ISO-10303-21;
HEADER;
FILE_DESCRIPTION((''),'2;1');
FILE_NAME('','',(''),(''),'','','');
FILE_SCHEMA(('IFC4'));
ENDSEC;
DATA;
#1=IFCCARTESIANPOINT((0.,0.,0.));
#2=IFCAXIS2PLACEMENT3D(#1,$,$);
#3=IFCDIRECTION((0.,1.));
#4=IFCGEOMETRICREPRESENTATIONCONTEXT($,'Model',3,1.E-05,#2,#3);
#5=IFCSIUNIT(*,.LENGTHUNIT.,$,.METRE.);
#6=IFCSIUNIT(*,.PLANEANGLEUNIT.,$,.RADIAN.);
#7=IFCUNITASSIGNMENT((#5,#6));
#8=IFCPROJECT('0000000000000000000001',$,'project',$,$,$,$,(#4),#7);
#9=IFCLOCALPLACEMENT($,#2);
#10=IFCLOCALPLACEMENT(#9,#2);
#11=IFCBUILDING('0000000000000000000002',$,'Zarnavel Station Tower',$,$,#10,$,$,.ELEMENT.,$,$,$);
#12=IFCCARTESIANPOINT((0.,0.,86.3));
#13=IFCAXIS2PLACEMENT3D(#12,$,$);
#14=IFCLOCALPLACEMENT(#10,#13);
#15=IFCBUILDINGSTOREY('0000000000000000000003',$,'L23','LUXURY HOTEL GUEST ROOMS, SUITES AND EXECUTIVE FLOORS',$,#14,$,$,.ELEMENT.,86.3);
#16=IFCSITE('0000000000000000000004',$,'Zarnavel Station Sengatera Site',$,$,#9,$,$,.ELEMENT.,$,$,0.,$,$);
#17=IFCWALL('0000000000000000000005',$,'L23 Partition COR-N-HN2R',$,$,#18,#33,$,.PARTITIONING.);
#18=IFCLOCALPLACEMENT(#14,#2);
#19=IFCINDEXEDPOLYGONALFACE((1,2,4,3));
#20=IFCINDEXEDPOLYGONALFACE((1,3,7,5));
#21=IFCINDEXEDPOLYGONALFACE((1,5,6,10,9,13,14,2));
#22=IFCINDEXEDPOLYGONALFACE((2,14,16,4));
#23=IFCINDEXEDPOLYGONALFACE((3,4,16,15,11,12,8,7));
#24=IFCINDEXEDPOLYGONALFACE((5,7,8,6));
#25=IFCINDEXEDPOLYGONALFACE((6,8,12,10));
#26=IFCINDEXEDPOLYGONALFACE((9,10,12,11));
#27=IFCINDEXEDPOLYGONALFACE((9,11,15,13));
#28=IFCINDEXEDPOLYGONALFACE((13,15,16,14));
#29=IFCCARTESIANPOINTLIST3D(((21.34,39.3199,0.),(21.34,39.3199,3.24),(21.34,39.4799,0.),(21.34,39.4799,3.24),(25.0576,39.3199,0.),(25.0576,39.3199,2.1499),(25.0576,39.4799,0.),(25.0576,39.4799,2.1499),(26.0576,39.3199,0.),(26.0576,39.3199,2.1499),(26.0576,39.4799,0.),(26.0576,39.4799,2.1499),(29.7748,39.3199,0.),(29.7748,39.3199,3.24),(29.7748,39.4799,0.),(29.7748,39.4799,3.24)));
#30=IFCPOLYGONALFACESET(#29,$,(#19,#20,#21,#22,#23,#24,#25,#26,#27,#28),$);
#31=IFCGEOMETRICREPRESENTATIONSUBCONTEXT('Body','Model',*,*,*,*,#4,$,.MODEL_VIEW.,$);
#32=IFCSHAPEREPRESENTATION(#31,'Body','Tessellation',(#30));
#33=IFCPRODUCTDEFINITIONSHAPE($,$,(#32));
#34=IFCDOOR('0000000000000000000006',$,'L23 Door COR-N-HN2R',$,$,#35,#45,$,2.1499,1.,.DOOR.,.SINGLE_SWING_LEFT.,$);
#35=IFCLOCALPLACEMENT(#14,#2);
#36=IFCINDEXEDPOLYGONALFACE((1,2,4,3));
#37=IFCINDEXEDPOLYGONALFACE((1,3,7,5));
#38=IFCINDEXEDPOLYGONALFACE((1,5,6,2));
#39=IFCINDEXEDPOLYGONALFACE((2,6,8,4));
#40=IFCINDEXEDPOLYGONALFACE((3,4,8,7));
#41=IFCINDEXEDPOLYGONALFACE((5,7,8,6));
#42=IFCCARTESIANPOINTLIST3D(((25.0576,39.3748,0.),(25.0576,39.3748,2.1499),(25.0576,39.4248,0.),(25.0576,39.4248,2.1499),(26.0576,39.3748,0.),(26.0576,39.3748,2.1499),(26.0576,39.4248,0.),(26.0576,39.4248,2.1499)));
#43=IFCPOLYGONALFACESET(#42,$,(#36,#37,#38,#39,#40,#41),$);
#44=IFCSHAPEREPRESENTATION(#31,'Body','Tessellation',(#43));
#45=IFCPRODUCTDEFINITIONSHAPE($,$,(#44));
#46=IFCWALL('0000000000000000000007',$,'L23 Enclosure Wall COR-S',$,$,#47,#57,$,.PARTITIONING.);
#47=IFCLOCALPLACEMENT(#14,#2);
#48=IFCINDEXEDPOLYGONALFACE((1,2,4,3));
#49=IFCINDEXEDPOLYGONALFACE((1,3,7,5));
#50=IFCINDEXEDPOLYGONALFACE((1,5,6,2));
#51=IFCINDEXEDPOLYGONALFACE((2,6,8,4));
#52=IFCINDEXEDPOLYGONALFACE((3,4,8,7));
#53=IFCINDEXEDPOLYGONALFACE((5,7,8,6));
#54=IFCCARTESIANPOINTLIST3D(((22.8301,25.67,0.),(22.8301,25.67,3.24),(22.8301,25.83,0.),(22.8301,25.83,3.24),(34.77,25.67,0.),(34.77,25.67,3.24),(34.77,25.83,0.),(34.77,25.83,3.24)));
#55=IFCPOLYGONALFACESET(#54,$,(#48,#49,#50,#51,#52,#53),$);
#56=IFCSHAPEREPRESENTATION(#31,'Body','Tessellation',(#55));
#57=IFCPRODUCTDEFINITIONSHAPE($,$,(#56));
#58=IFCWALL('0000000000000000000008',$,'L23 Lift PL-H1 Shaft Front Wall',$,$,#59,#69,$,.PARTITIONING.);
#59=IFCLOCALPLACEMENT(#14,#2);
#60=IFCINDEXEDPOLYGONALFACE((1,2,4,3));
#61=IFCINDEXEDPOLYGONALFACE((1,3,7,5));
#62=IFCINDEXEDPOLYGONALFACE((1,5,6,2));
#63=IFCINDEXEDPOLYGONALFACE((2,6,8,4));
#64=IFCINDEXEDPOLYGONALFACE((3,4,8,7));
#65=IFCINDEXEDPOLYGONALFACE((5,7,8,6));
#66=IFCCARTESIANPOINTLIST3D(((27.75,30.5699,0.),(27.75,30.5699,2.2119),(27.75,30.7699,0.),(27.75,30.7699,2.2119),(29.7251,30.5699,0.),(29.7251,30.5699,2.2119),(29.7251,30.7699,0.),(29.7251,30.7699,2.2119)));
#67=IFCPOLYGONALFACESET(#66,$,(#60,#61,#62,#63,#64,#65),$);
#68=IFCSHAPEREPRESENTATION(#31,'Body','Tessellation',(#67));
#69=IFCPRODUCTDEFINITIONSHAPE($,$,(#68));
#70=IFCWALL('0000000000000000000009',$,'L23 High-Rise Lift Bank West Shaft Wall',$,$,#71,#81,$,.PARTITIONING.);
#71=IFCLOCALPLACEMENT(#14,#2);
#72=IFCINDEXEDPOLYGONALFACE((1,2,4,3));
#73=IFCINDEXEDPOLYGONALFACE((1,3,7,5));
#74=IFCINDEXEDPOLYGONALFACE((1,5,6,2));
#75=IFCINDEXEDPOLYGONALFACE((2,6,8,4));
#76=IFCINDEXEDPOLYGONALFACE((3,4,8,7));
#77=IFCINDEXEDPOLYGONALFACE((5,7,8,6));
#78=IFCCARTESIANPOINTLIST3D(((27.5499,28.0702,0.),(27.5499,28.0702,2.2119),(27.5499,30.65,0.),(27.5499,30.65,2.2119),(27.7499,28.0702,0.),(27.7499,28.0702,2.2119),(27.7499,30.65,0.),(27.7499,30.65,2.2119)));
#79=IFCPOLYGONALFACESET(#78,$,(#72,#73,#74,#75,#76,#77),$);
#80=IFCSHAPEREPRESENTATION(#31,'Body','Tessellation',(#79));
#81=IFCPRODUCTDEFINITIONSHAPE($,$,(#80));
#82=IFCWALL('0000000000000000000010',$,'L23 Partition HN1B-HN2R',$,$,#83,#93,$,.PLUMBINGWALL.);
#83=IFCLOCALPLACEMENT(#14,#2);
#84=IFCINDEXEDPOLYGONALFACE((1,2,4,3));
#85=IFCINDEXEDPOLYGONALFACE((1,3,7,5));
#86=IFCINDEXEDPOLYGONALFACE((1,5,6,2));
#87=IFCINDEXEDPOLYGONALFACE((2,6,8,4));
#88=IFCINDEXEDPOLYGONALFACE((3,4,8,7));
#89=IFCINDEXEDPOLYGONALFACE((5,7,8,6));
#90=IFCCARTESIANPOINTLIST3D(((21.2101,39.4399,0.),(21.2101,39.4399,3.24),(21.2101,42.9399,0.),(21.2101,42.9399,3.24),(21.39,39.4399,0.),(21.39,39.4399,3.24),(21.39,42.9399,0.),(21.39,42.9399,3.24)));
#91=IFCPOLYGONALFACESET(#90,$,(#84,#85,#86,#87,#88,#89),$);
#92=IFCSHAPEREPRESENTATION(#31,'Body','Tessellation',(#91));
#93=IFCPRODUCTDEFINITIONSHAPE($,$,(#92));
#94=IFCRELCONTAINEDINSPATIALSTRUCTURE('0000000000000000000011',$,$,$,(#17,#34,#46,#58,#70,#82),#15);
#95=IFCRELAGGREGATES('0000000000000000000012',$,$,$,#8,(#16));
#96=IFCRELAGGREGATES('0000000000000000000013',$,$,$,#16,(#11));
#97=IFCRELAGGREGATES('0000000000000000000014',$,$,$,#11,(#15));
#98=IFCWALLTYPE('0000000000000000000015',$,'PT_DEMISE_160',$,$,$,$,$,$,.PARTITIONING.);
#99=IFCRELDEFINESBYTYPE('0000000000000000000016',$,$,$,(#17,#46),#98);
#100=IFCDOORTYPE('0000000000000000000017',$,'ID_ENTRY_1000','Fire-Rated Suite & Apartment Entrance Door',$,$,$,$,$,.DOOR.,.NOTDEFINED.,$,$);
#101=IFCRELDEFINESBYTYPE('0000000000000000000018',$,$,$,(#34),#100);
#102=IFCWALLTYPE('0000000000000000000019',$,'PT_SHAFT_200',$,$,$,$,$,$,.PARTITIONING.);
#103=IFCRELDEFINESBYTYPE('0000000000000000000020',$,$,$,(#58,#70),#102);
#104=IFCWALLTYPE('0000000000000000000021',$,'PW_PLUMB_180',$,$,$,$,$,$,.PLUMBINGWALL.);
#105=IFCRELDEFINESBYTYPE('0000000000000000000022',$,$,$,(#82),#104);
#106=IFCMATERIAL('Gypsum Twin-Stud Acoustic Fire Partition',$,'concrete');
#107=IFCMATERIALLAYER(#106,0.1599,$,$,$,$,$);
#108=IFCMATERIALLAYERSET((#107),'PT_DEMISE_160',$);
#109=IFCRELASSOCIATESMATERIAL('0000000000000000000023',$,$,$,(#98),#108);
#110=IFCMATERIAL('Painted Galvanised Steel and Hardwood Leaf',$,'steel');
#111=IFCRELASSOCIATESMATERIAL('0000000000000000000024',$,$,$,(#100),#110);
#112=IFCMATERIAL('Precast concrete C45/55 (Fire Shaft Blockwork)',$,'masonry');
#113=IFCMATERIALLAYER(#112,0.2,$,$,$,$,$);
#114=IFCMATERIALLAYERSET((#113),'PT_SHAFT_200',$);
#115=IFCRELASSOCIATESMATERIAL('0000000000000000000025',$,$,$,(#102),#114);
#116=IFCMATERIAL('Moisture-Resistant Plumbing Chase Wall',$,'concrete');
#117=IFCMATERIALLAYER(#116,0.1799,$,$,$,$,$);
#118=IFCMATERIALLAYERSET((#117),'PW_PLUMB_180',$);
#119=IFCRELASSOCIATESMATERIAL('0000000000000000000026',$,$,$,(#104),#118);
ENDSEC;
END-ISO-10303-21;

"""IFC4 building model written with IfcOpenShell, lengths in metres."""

from ifc_helpers import new_model, si_unit, direction, frame, frame_2d, origin, place, context, subcontext, project, spatial, rectangle, extrude, material, layer, layer_set, type_object, element, fill, save


model = new_model("IFC4")

# Units and contexts
model_context = context("Model", 3, precision=1e-05, world=origin(), true_north=direction((0.0, 1.0)))
body_context = subcontext(model_context, "Body", "Model", "MODEL_VIEW")
ifc_project = project(units=[si_unit("LENGTHUNIT", "METRE"), si_unit("PLANEANGLEUNIT", "RADIAN")], contexts=[model_context])

# Site, building, storey
site_placement = place(None, origin())
site = spatial("IfcSite", under=ifc_project, at=site_placement, Name="Zarnavel Station Sengatera Site", CompositionType="ELEMENT", RefElevation=0.0)
building_placement = place(site_placement, origin())
building = spatial("IfcBuilding", under=site, at=building_placement, Name="Zarnavel Station Tower", CompositionType="ELEMENT")
storey_placement = place(building_placement, frame((0.0, 0.0, 86.3)))
storey = spatial("IfcBuildingStorey", under=building, at=storey_placement, Name="L23", Description="LUXURY HOTEL GUEST ROOMS, SUITES AND EXECUTIVE FLOORS", CompositionType="ELEMENT", Elevation=86.3)

# Wall, opening, door
ifc_material_1 = material(Name="Gypsum Twin-Stud Acoustic Fire Partition", Category="concrete")
ifc_layer_1 = layer(ifc_material_1, 0.1599)
ifc_layer_set_1 = layer_set([ifc_layer_1], Name="PT_DEMISE_160")
wall_type_1 = type_object("IfcWallType", Name="PT_DEMISE_160", PredefinedType="PARTITIONING", material=ifc_layer_set_1)
wall_1_placement = place(storey_placement, frame((21.3401, 39.3999, 0.0), z_axis=(0.0, 0.0, 1.0), x_axis=(1.0, 0.0, 0.0)))
wall_1 = element("IfcWall", 1, at=wall_1_placement, inside=storey, type_object=wall_type_1, Name="L23 Partition COR-N-HN2R", PredefinedType="PARTITIONING", context=body_context, shape_type="SweptSolid", body=[
    extrude(rectangle(XDim=8.4348, YDim=0.1599, at=frame_2d((4.2173, 0.0))), origin(), (0.0, 0.0, 1.0), 3.24),
])
opening_1_placement = place(wall_1_placement, frame((3.7175, 0.0, 0.0)))
opening_1 = element("IfcOpeningElement", 2, at=opening_1_placement, cuts=wall_1, PredefinedType="OPENING", context=body_context, shape_type="SweptSolid", body=[
    extrude(rectangle(XDim=1.0, YDim=2.1499, at=frame_2d((0.5, 1.075))), frame((0.0, 0.0898, 0.0), z_axis=(0.0, -1.0, 0.0), x_axis=(1.0, 0.0, 0.0)), (0.0, 0.0, 1.0), 0.1799),
])
ifc_material_2 = material(Name="Painted Galvanised Steel and Hardwood Leaf", Category="steel")
door_type_1 = type_object("IfcDoorType", Name="ID_ENTRY_1000", Description="Fire-Rated Suite & Apartment Entrance Door", OperationType="NOTDEFINED", PredefinedType="DOOR", material=ifc_material_2)
door_1_placement = place(opening_1_placement, origin())
door_1 = element("IfcDoor", 3, at=door_1_placement, inside=storey, type_object=door_type_1, Name="L23 Door COR-N-HN2R", OperationType="SINGLE_SWING_LEFT", OverallHeight=2.1499, OverallWidth=1.0, PredefinedType="DOOR", context=body_context, shape_type="SweptSolid", body=[
    extrude(rectangle(XDim=1.0, YDim=2.1499, at=frame_2d((0.5, 1.075))), frame((0.0, 0.0249, 0.0), z_axis=(0.0, -1.0, 0.0), x_axis=(1.0, 0.0, 0.0)), (0.0, 0.0, 1.0), 0.05),
])
fill(opening_1, door_1)

# Walls
wall_2_placement = place(storey_placement, frame((22.8301, 25.75, 0.0), z_axis=(0.0, 0.0, 1.0), x_axis=(1.0, 0.0, 0.0)))
element("IfcWall", 4, at=wall_2_placement, inside=storey, type_object=wall_type_1, Name="L23 Enclosure Wall COR-S", PredefinedType="PARTITIONING", context=body_context, shape_type="SweptSolid", body=[
    extrude(rectangle(XDim=11.9399, YDim=0.1599, at=frame_2d((5.97, 0.0))), origin(), (0.0, 0.0, 1.0), 3.24),
])
ifc_material_3 = material(Name="Precast concrete C45/55 (Fire Shaft Blockwork)", Category="masonry")
ifc_layer_2 = layer(ifc_material_3, 0.2)
ifc_layer_set_2 = layer_set([ifc_layer_2], Name="PT_SHAFT_200")
wall_type_2 = type_object("IfcWallType", Name="PT_SHAFT_200", PredefinedType="PARTITIONING", material=ifc_layer_set_2)
wall_3_placement = place(storey_placement, frame((27.75, 30.6699, 0.0), z_axis=(0.0, 0.0, 1.0), x_axis=(1.0, 0.0, 0.0)))
element("IfcWall", 5, at=wall_3_placement, inside=storey, type_object=wall_type_2, Name="L23 Lift PL-H1 Shaft Front Wall", PredefinedType="PARTITIONING", context=body_context, shape_type="SweptSolid", body=[
    extrude(rectangle(XDim=1.9751, YDim=0.2, at=frame_2d((0.9875, 0.0))), origin(), (0.0, 0.0, 1.0), 2.2119),
])
wall_4_placement = place(storey_placement, frame((27.6499, 28.0701, 0.0), z_axis=(0.0, 0.0, 1.0), x_axis=(0.0, 1.0, 0.0)))
element("IfcWall", 6, at=wall_4_placement, inside=storey, type_object=wall_type_2, Name="L23 High-Rise Lift Bank West Shaft Wall", PredefinedType="PARTITIONING", context=body_context, shape_type="SweptSolid", body=[
    extrude(rectangle(XDim=2.5798, YDim=0.2, at=frame_2d((1.29, 0.0))), origin(), (0.0, 0.0, 1.0), 2.2119),
])

# Wall
ifc_material_4 = material(Name="Moisture-Resistant Plumbing Chase Wall", Category="concrete")
ifc_layer_3 = layer(ifc_material_4, 0.1799)
ifc_layer_set_3 = layer_set([ifc_layer_3], Name="PW_PLUMB_180")
wall_type_3 = type_object("IfcWallType", Name="PW_PLUMB_180", PredefinedType="PLUMBINGWALL", material=ifc_layer_set_3)
wall_5_placement = place(storey_placement, frame((21.3, 39.4399, 0.0), z_axis=(0.0, 0.0, 1.0), x_axis=(0.0, 1.0, 0.0)))
element("IfcWall", 7, at=wall_5_placement, inside=storey, type_object=wall_type_3, Name="L23 Partition HN1B-HN2R", PredefinedType="PLUMBINGWALL", context=body_context, shape_type="SweptSolid", body=[
    extrude(rectangle(XDim=3.5, YDim=0.1799, at=frame_2d((1.75, 0.0))), origin(), (0.0, 0.0, 1.0), 3.24),
])

save(model, "model.ifc")
